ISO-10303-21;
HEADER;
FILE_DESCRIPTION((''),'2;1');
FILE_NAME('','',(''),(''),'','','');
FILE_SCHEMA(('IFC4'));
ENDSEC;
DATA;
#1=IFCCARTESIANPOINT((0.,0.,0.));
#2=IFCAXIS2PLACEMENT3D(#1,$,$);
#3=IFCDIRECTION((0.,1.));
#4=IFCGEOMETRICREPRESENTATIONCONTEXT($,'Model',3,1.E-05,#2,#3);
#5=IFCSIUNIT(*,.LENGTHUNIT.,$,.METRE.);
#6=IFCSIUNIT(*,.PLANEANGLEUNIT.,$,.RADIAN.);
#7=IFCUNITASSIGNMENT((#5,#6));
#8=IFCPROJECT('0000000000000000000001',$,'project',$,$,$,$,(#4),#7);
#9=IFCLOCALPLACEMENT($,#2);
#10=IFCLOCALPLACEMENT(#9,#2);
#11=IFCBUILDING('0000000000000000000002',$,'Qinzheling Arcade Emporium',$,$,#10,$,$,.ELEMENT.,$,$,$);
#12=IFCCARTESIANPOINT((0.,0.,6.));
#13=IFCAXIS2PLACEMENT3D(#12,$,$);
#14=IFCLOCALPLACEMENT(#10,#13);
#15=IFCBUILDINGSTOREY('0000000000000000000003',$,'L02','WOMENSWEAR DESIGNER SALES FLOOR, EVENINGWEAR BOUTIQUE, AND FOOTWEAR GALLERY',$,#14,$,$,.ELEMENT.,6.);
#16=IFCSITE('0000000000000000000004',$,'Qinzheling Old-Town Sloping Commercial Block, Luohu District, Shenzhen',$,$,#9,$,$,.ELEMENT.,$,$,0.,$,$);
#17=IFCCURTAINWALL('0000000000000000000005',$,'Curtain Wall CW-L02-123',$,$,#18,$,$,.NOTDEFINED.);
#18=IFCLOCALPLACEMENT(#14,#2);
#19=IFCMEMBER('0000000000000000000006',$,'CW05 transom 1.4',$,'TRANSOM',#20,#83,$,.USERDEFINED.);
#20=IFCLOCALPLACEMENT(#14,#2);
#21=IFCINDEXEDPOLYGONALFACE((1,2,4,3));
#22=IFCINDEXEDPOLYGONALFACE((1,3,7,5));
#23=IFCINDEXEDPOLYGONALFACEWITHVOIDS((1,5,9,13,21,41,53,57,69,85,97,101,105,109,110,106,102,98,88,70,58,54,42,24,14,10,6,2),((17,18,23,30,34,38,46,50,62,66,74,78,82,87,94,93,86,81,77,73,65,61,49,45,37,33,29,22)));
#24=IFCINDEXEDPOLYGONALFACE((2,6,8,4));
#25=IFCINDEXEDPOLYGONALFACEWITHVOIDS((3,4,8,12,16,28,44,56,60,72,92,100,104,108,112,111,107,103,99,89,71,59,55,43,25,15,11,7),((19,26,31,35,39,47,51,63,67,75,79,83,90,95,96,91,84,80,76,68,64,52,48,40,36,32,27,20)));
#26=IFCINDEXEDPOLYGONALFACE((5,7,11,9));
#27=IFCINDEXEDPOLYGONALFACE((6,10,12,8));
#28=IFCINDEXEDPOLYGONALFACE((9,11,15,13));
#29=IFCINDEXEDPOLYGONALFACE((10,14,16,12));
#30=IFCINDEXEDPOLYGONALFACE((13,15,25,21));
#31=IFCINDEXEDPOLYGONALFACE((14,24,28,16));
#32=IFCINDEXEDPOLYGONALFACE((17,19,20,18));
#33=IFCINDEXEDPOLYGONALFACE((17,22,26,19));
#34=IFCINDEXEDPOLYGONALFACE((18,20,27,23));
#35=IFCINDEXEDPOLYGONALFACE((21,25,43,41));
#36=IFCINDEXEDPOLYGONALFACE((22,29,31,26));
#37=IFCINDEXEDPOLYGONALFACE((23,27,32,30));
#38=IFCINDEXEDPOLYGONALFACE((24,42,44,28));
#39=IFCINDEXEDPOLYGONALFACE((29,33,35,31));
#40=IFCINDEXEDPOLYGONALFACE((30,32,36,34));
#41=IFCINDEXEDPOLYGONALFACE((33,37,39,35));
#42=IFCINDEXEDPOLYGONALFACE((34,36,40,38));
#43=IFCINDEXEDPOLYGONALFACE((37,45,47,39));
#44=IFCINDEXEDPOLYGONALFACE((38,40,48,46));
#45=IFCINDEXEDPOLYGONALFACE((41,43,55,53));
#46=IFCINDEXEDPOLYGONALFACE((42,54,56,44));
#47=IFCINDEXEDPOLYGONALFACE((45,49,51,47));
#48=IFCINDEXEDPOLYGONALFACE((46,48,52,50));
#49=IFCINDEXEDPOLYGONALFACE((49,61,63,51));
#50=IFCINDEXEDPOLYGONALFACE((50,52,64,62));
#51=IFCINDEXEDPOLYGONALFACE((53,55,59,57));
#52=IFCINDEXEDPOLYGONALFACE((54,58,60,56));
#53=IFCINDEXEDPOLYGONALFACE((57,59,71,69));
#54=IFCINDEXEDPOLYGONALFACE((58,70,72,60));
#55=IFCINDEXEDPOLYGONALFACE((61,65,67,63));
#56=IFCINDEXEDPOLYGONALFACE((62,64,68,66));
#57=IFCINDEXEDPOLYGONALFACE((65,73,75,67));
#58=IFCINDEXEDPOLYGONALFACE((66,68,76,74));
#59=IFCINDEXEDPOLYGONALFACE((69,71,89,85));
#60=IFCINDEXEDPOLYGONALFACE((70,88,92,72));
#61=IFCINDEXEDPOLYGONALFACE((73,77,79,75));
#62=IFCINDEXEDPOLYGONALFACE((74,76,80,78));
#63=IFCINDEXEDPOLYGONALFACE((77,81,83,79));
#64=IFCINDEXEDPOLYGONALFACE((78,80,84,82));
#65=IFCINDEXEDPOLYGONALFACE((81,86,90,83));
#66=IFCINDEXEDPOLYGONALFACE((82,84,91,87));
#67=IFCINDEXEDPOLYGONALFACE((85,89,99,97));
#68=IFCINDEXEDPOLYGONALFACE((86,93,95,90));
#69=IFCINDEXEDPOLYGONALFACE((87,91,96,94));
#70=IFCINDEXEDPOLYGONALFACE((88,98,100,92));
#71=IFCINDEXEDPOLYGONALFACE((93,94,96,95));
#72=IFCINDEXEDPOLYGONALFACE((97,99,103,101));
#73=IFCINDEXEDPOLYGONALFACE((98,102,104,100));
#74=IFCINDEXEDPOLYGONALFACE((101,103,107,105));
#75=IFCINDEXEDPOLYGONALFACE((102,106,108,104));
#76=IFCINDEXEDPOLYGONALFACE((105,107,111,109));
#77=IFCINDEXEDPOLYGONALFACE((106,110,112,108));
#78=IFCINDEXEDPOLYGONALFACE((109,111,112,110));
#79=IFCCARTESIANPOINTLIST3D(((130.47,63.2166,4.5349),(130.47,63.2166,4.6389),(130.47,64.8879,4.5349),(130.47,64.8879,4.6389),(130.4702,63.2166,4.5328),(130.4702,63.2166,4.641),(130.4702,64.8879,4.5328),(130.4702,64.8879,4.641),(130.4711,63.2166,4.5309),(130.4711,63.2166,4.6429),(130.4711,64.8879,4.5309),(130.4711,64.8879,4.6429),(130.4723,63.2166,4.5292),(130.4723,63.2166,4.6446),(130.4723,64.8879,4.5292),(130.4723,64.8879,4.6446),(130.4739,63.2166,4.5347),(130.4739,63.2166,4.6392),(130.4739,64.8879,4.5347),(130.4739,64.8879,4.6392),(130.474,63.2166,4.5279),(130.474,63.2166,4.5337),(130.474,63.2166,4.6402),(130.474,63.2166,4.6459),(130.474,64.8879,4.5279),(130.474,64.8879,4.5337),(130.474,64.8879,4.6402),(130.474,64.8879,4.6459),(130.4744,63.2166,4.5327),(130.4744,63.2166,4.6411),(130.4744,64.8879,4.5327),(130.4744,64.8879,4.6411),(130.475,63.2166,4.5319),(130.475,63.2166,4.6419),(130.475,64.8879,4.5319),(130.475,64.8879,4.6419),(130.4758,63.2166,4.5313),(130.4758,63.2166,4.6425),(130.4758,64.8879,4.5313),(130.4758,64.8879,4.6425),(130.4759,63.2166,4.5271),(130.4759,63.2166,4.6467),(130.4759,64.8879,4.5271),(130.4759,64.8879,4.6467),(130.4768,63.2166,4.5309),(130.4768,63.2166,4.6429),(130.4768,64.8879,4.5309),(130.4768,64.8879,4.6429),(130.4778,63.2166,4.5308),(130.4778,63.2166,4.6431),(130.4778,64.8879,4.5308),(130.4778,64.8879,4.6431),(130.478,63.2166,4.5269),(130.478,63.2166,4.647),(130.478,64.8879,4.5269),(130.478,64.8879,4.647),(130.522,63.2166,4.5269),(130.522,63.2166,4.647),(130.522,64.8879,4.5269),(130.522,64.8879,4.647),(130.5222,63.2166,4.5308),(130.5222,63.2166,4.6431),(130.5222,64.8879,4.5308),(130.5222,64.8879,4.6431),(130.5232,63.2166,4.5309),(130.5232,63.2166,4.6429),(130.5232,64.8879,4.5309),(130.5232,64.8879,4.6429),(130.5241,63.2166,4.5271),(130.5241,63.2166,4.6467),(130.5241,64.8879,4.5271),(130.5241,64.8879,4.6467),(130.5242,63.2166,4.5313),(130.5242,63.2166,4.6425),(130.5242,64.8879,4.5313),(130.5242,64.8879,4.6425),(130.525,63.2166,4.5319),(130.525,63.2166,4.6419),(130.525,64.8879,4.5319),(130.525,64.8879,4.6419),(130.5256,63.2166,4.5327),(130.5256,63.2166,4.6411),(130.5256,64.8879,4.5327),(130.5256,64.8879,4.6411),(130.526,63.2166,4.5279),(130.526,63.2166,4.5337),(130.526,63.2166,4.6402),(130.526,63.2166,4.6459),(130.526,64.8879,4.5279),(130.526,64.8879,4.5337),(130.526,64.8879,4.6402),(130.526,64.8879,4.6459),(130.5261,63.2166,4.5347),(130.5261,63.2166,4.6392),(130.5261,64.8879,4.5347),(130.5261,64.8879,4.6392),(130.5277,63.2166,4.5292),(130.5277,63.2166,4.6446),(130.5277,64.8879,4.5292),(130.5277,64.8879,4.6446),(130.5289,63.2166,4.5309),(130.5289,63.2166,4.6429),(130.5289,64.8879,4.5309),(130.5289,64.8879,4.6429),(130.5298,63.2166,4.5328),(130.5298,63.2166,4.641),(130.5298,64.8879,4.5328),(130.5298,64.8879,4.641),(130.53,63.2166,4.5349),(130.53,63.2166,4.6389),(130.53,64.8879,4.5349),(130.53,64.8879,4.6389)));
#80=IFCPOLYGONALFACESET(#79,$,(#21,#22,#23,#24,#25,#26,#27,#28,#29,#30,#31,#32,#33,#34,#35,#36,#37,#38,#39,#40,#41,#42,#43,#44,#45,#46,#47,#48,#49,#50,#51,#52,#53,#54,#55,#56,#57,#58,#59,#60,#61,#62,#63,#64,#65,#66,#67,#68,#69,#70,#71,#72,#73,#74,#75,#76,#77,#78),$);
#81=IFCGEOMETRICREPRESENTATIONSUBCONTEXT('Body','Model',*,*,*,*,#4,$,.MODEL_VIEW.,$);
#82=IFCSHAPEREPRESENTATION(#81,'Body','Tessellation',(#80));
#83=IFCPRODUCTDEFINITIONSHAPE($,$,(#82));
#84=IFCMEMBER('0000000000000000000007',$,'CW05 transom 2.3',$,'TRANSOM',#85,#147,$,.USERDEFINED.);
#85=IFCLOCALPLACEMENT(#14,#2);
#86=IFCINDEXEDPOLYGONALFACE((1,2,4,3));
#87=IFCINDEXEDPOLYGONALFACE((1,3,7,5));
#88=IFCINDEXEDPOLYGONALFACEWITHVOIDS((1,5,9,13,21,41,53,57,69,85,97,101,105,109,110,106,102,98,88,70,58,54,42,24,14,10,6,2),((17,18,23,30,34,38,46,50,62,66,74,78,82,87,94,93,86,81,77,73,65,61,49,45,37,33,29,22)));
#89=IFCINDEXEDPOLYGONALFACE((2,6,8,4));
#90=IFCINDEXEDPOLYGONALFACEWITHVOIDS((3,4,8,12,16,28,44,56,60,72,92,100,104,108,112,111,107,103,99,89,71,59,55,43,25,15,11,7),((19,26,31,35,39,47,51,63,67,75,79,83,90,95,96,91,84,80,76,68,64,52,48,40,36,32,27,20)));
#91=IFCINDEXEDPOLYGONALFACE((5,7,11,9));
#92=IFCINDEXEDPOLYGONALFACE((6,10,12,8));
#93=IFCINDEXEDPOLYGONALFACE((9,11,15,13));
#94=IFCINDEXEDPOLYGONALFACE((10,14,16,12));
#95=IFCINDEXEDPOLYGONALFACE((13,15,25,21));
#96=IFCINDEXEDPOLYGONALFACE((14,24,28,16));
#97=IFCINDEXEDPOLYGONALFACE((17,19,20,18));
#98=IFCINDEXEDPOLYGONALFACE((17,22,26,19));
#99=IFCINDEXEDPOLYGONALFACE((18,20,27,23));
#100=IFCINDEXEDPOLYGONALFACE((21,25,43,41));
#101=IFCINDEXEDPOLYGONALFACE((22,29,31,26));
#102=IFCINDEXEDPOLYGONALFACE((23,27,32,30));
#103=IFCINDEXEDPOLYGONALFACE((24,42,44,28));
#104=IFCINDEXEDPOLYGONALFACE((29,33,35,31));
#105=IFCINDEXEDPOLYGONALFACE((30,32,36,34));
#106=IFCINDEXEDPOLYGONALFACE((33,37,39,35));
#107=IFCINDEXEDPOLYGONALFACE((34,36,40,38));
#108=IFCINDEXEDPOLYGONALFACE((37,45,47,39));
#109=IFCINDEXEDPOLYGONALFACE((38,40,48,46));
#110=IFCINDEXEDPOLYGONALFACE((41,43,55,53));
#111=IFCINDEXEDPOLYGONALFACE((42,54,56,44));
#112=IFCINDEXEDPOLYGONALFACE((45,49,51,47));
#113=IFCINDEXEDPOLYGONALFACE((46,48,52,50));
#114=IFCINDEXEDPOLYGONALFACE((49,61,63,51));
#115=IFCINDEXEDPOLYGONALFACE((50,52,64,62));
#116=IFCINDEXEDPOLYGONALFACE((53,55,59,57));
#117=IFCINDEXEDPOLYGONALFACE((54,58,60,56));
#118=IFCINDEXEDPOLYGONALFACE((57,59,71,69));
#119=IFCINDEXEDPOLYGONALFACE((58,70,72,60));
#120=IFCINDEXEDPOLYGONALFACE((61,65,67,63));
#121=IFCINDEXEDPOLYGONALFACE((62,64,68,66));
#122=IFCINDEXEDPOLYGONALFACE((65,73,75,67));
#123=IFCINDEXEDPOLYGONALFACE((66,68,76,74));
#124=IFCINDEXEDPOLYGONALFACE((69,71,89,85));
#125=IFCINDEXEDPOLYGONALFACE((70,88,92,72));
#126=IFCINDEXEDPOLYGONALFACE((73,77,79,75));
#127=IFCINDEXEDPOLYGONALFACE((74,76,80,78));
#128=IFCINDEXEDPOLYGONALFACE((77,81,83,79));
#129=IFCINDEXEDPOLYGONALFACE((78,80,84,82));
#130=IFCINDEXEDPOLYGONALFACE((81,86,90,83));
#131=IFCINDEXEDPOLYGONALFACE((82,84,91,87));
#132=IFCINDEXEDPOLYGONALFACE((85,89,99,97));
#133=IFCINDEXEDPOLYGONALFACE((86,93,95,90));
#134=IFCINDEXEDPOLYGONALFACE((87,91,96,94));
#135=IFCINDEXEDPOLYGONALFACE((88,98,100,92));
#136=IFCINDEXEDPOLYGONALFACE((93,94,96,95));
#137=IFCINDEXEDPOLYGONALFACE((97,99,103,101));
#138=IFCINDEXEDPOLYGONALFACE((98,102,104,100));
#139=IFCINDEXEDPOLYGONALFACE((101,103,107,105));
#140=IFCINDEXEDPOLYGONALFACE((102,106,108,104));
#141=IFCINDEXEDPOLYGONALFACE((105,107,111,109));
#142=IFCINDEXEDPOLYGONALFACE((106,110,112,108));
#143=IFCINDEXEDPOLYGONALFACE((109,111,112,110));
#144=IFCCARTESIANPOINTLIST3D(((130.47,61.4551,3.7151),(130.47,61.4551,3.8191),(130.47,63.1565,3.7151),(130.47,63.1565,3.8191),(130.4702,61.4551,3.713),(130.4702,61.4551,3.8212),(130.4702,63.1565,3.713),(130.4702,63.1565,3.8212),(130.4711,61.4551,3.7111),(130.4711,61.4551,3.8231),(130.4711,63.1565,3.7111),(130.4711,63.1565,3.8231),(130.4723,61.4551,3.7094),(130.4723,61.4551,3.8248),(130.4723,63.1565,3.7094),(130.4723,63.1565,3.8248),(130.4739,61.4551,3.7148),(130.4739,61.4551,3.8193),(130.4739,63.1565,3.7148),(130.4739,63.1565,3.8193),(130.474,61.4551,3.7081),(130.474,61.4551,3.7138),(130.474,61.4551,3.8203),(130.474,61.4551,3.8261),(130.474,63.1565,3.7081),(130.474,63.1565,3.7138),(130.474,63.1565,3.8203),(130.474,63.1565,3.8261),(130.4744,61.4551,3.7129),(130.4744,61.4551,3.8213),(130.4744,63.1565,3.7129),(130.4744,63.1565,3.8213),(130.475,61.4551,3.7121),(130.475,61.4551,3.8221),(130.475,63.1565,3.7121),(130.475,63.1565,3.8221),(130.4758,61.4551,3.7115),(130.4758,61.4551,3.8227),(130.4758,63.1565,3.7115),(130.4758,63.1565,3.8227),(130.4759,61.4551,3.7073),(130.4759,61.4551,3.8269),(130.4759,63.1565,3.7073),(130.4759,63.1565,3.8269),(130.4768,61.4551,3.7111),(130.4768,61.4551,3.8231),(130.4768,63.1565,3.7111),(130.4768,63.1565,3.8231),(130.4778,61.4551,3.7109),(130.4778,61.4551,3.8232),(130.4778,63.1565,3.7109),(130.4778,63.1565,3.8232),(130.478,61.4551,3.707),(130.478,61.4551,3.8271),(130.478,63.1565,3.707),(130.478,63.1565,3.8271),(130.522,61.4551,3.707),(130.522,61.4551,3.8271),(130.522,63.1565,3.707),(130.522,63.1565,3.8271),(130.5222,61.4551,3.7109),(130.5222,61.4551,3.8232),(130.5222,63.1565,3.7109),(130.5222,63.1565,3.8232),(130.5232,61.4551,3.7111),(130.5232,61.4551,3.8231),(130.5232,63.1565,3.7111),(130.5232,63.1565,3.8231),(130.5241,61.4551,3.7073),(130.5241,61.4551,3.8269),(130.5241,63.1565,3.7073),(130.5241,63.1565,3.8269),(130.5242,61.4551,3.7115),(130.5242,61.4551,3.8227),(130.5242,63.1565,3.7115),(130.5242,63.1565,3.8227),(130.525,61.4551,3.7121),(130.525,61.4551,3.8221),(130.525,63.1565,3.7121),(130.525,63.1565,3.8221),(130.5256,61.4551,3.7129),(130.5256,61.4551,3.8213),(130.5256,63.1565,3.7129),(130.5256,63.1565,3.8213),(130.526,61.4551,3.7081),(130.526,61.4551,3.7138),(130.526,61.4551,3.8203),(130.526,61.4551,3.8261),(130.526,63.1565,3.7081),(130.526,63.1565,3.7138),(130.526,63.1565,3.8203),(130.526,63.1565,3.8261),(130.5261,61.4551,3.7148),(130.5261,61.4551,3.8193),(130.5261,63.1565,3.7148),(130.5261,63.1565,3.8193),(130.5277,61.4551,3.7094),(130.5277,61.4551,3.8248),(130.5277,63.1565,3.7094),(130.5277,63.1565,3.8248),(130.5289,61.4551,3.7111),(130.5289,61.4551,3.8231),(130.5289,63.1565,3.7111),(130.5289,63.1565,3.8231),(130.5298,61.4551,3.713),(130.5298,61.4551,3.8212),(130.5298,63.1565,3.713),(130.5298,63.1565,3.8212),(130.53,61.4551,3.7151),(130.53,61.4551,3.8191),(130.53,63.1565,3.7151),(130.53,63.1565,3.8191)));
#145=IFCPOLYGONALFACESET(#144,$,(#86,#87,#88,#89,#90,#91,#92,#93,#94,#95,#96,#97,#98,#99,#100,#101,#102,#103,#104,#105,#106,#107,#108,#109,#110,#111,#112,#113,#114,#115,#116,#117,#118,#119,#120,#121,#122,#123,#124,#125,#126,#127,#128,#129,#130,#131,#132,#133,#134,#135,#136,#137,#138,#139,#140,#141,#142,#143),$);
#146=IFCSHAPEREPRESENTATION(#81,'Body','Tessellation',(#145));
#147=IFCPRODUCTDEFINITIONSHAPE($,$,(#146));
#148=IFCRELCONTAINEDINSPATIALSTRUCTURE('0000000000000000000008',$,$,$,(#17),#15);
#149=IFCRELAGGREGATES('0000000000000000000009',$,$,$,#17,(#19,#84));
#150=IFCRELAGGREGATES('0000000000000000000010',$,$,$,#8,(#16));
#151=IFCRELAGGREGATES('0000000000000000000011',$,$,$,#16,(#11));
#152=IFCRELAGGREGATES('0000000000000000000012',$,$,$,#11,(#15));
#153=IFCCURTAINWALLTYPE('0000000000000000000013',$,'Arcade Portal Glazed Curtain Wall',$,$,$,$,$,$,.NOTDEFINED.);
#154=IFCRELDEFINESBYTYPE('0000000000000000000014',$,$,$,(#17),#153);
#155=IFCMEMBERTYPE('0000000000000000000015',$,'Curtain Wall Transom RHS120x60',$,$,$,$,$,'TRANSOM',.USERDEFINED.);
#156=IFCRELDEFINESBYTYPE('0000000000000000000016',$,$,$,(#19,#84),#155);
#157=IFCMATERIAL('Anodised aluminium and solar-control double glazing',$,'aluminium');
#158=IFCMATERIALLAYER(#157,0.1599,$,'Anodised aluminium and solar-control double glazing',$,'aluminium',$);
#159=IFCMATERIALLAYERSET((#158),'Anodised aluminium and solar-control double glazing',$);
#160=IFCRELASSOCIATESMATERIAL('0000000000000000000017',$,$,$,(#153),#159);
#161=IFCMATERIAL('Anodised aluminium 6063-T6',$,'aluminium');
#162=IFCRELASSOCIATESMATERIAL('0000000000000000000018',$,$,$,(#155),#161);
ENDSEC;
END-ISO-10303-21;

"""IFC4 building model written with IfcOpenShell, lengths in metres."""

from ifc_helpers import new_model, si_unit, direction, frame, origin, origin_2d, place, context, subcontext, project, spatial, hollow_rectangle, extrude, material, layer, layer_set, material_profile, profile_set, type_object, element, aggregate, save


model = new_model("IFC4")

# Units and contexts
model_context = context("Model", 3, precision=1e-05, world=origin(), true_north=direction((0.0, 1.0)))
body_context = subcontext(model_context, "Body", "Model", "MODEL_VIEW")
ifc_project = project(units=[si_unit("LENGTHUNIT", "METRE"), si_unit("PLANEANGLEUNIT", "RADIAN")], contexts=[model_context])

# Site, building, storey
site_placement = place(None, origin())
site = spatial("IfcSite", under=ifc_project, at=site_placement, Name="Qinzheling Old-Town Sloping Commercial Block, Luohu District, Shenzhen", CompositionType="ELEMENT", RefElevation=0.0)
building_placement = place(site_placement, origin())
building = spatial("IfcBuilding", under=site, at=building_placement, Name="Qinzheling Arcade Emporium", CompositionType="ELEMENT")
storey_placement = place(building_placement, frame((0.0, 0.0, 6.0)))
storey = spatial("IfcBuildingStorey", under=building, at=storey_placement, Name="L02", Description="WOMENSWEAR DESIGNER SALES FLOOR, EVENINGWEAR BOUTIQUE, AND FOOTWEAR GALLERY", CompositionType="ELEMENT", Elevation=6.0)

# Shared definitions
ifc_material_1 = material(Name="Anodised aluminium and solar-control double glazing", Category="aluminium")
ifc_layer_1 = layer(ifc_material_1, 0.1599, Name="Anodised aluminium and solar-control double glazing", Category="aluminium")
ifc_layer_set_1 = layer_set([ifc_layer_1], Name="Anodised aluminium and solar-control double glazing")
curtain_wall_type = type_object("IfcCurtainWallType", Name="Arcade Portal Glazed Curtain Wall", PredefinedType="NOTDEFINED", material=ifc_layer_set_1)
ifc_material_2 = material(Name="Anodised aluminium 6063-T6", Category="aluminium")

# Curtain wall
curtain_wall_1_placement = place(storey_placement, origin())
curtain_wall_1 = element("IfcCurtainWall", 1, at=curtain_wall_1_placement, inside=storey, type_object=curtain_wall_type, Name="Curtain Wall CW-L02-123", PredefinedType="NOTDEFINED")

# Members
ifc_material_profile_1 = material_profile(ifc_material_2, hollow_rectangle(XDim=0.0601, YDim=0.1201, WallThickness=0.0039, InnerFilletRadius=0.0039, OuterFilletRadius=0.0081, at=origin_2d()), Name="RHS 120x60x4", Category="aluminium")
ifc_profile_set_1 = profile_set([ifc_material_profile_1], Name="Anodised aluminium 6063-T6")
member_type_1 = type_object("IfcMemberType", Name="Curtain Wall Transom RHS120x60", ElementType="TRANSOM", PredefinedType="USERDEFINED", material=ifc_profile_set_1)
member_1_placement = place(storey_placement, frame((130.5, 64.8879, 4.5869), z_axis=(0.0, -1.0, 0.0), x_axis=(1.0, 0.0, 0.0)))
member_1 = element("IfcMember", 2, at=member_1_placement, type_object=member_type_1, Name="CW05 transom 1.4", ObjectType="TRANSOM", PredefinedType="USERDEFINED", context=body_context, shape_type="SweptSolid", body=[
    extrude(hollow_rectangle(XDim=0.0601, YDim=0.1201, WallThickness=0.0039, InnerFilletRadius=0.0039, OuterFilletRadius=0.0081, at=origin_2d()), origin(), (0.0, 0.0, 1.0), 1.6714),
])
member_2_placement = place(storey_placement, frame((130.5, 63.1565, 3.7671), z_axis=(0.0, -1.0, 0.0), x_axis=(1.0, 0.0, 0.0)))
member_2 = element("IfcMember", 3, at=member_2_placement, type_object=member_type_1, Name="CW05 transom 2.3", ObjectType="TRANSOM", PredefinedType="USERDEFINED", context=body_context, shape_type="SweptSolid", body=[
    extrude(hollow_rectangle(XDim=0.0601, YDim=0.1201, WallThickness=0.0039, InnerFilletRadius=0.0039, OuterFilletRadius=0.0081, at=origin_2d()), origin(), (0.0, 0.0, 1.0), 1.7014),
])

aggregate(curtain_wall_1, [member_1, member_2])

save(model, "model.ifc")
